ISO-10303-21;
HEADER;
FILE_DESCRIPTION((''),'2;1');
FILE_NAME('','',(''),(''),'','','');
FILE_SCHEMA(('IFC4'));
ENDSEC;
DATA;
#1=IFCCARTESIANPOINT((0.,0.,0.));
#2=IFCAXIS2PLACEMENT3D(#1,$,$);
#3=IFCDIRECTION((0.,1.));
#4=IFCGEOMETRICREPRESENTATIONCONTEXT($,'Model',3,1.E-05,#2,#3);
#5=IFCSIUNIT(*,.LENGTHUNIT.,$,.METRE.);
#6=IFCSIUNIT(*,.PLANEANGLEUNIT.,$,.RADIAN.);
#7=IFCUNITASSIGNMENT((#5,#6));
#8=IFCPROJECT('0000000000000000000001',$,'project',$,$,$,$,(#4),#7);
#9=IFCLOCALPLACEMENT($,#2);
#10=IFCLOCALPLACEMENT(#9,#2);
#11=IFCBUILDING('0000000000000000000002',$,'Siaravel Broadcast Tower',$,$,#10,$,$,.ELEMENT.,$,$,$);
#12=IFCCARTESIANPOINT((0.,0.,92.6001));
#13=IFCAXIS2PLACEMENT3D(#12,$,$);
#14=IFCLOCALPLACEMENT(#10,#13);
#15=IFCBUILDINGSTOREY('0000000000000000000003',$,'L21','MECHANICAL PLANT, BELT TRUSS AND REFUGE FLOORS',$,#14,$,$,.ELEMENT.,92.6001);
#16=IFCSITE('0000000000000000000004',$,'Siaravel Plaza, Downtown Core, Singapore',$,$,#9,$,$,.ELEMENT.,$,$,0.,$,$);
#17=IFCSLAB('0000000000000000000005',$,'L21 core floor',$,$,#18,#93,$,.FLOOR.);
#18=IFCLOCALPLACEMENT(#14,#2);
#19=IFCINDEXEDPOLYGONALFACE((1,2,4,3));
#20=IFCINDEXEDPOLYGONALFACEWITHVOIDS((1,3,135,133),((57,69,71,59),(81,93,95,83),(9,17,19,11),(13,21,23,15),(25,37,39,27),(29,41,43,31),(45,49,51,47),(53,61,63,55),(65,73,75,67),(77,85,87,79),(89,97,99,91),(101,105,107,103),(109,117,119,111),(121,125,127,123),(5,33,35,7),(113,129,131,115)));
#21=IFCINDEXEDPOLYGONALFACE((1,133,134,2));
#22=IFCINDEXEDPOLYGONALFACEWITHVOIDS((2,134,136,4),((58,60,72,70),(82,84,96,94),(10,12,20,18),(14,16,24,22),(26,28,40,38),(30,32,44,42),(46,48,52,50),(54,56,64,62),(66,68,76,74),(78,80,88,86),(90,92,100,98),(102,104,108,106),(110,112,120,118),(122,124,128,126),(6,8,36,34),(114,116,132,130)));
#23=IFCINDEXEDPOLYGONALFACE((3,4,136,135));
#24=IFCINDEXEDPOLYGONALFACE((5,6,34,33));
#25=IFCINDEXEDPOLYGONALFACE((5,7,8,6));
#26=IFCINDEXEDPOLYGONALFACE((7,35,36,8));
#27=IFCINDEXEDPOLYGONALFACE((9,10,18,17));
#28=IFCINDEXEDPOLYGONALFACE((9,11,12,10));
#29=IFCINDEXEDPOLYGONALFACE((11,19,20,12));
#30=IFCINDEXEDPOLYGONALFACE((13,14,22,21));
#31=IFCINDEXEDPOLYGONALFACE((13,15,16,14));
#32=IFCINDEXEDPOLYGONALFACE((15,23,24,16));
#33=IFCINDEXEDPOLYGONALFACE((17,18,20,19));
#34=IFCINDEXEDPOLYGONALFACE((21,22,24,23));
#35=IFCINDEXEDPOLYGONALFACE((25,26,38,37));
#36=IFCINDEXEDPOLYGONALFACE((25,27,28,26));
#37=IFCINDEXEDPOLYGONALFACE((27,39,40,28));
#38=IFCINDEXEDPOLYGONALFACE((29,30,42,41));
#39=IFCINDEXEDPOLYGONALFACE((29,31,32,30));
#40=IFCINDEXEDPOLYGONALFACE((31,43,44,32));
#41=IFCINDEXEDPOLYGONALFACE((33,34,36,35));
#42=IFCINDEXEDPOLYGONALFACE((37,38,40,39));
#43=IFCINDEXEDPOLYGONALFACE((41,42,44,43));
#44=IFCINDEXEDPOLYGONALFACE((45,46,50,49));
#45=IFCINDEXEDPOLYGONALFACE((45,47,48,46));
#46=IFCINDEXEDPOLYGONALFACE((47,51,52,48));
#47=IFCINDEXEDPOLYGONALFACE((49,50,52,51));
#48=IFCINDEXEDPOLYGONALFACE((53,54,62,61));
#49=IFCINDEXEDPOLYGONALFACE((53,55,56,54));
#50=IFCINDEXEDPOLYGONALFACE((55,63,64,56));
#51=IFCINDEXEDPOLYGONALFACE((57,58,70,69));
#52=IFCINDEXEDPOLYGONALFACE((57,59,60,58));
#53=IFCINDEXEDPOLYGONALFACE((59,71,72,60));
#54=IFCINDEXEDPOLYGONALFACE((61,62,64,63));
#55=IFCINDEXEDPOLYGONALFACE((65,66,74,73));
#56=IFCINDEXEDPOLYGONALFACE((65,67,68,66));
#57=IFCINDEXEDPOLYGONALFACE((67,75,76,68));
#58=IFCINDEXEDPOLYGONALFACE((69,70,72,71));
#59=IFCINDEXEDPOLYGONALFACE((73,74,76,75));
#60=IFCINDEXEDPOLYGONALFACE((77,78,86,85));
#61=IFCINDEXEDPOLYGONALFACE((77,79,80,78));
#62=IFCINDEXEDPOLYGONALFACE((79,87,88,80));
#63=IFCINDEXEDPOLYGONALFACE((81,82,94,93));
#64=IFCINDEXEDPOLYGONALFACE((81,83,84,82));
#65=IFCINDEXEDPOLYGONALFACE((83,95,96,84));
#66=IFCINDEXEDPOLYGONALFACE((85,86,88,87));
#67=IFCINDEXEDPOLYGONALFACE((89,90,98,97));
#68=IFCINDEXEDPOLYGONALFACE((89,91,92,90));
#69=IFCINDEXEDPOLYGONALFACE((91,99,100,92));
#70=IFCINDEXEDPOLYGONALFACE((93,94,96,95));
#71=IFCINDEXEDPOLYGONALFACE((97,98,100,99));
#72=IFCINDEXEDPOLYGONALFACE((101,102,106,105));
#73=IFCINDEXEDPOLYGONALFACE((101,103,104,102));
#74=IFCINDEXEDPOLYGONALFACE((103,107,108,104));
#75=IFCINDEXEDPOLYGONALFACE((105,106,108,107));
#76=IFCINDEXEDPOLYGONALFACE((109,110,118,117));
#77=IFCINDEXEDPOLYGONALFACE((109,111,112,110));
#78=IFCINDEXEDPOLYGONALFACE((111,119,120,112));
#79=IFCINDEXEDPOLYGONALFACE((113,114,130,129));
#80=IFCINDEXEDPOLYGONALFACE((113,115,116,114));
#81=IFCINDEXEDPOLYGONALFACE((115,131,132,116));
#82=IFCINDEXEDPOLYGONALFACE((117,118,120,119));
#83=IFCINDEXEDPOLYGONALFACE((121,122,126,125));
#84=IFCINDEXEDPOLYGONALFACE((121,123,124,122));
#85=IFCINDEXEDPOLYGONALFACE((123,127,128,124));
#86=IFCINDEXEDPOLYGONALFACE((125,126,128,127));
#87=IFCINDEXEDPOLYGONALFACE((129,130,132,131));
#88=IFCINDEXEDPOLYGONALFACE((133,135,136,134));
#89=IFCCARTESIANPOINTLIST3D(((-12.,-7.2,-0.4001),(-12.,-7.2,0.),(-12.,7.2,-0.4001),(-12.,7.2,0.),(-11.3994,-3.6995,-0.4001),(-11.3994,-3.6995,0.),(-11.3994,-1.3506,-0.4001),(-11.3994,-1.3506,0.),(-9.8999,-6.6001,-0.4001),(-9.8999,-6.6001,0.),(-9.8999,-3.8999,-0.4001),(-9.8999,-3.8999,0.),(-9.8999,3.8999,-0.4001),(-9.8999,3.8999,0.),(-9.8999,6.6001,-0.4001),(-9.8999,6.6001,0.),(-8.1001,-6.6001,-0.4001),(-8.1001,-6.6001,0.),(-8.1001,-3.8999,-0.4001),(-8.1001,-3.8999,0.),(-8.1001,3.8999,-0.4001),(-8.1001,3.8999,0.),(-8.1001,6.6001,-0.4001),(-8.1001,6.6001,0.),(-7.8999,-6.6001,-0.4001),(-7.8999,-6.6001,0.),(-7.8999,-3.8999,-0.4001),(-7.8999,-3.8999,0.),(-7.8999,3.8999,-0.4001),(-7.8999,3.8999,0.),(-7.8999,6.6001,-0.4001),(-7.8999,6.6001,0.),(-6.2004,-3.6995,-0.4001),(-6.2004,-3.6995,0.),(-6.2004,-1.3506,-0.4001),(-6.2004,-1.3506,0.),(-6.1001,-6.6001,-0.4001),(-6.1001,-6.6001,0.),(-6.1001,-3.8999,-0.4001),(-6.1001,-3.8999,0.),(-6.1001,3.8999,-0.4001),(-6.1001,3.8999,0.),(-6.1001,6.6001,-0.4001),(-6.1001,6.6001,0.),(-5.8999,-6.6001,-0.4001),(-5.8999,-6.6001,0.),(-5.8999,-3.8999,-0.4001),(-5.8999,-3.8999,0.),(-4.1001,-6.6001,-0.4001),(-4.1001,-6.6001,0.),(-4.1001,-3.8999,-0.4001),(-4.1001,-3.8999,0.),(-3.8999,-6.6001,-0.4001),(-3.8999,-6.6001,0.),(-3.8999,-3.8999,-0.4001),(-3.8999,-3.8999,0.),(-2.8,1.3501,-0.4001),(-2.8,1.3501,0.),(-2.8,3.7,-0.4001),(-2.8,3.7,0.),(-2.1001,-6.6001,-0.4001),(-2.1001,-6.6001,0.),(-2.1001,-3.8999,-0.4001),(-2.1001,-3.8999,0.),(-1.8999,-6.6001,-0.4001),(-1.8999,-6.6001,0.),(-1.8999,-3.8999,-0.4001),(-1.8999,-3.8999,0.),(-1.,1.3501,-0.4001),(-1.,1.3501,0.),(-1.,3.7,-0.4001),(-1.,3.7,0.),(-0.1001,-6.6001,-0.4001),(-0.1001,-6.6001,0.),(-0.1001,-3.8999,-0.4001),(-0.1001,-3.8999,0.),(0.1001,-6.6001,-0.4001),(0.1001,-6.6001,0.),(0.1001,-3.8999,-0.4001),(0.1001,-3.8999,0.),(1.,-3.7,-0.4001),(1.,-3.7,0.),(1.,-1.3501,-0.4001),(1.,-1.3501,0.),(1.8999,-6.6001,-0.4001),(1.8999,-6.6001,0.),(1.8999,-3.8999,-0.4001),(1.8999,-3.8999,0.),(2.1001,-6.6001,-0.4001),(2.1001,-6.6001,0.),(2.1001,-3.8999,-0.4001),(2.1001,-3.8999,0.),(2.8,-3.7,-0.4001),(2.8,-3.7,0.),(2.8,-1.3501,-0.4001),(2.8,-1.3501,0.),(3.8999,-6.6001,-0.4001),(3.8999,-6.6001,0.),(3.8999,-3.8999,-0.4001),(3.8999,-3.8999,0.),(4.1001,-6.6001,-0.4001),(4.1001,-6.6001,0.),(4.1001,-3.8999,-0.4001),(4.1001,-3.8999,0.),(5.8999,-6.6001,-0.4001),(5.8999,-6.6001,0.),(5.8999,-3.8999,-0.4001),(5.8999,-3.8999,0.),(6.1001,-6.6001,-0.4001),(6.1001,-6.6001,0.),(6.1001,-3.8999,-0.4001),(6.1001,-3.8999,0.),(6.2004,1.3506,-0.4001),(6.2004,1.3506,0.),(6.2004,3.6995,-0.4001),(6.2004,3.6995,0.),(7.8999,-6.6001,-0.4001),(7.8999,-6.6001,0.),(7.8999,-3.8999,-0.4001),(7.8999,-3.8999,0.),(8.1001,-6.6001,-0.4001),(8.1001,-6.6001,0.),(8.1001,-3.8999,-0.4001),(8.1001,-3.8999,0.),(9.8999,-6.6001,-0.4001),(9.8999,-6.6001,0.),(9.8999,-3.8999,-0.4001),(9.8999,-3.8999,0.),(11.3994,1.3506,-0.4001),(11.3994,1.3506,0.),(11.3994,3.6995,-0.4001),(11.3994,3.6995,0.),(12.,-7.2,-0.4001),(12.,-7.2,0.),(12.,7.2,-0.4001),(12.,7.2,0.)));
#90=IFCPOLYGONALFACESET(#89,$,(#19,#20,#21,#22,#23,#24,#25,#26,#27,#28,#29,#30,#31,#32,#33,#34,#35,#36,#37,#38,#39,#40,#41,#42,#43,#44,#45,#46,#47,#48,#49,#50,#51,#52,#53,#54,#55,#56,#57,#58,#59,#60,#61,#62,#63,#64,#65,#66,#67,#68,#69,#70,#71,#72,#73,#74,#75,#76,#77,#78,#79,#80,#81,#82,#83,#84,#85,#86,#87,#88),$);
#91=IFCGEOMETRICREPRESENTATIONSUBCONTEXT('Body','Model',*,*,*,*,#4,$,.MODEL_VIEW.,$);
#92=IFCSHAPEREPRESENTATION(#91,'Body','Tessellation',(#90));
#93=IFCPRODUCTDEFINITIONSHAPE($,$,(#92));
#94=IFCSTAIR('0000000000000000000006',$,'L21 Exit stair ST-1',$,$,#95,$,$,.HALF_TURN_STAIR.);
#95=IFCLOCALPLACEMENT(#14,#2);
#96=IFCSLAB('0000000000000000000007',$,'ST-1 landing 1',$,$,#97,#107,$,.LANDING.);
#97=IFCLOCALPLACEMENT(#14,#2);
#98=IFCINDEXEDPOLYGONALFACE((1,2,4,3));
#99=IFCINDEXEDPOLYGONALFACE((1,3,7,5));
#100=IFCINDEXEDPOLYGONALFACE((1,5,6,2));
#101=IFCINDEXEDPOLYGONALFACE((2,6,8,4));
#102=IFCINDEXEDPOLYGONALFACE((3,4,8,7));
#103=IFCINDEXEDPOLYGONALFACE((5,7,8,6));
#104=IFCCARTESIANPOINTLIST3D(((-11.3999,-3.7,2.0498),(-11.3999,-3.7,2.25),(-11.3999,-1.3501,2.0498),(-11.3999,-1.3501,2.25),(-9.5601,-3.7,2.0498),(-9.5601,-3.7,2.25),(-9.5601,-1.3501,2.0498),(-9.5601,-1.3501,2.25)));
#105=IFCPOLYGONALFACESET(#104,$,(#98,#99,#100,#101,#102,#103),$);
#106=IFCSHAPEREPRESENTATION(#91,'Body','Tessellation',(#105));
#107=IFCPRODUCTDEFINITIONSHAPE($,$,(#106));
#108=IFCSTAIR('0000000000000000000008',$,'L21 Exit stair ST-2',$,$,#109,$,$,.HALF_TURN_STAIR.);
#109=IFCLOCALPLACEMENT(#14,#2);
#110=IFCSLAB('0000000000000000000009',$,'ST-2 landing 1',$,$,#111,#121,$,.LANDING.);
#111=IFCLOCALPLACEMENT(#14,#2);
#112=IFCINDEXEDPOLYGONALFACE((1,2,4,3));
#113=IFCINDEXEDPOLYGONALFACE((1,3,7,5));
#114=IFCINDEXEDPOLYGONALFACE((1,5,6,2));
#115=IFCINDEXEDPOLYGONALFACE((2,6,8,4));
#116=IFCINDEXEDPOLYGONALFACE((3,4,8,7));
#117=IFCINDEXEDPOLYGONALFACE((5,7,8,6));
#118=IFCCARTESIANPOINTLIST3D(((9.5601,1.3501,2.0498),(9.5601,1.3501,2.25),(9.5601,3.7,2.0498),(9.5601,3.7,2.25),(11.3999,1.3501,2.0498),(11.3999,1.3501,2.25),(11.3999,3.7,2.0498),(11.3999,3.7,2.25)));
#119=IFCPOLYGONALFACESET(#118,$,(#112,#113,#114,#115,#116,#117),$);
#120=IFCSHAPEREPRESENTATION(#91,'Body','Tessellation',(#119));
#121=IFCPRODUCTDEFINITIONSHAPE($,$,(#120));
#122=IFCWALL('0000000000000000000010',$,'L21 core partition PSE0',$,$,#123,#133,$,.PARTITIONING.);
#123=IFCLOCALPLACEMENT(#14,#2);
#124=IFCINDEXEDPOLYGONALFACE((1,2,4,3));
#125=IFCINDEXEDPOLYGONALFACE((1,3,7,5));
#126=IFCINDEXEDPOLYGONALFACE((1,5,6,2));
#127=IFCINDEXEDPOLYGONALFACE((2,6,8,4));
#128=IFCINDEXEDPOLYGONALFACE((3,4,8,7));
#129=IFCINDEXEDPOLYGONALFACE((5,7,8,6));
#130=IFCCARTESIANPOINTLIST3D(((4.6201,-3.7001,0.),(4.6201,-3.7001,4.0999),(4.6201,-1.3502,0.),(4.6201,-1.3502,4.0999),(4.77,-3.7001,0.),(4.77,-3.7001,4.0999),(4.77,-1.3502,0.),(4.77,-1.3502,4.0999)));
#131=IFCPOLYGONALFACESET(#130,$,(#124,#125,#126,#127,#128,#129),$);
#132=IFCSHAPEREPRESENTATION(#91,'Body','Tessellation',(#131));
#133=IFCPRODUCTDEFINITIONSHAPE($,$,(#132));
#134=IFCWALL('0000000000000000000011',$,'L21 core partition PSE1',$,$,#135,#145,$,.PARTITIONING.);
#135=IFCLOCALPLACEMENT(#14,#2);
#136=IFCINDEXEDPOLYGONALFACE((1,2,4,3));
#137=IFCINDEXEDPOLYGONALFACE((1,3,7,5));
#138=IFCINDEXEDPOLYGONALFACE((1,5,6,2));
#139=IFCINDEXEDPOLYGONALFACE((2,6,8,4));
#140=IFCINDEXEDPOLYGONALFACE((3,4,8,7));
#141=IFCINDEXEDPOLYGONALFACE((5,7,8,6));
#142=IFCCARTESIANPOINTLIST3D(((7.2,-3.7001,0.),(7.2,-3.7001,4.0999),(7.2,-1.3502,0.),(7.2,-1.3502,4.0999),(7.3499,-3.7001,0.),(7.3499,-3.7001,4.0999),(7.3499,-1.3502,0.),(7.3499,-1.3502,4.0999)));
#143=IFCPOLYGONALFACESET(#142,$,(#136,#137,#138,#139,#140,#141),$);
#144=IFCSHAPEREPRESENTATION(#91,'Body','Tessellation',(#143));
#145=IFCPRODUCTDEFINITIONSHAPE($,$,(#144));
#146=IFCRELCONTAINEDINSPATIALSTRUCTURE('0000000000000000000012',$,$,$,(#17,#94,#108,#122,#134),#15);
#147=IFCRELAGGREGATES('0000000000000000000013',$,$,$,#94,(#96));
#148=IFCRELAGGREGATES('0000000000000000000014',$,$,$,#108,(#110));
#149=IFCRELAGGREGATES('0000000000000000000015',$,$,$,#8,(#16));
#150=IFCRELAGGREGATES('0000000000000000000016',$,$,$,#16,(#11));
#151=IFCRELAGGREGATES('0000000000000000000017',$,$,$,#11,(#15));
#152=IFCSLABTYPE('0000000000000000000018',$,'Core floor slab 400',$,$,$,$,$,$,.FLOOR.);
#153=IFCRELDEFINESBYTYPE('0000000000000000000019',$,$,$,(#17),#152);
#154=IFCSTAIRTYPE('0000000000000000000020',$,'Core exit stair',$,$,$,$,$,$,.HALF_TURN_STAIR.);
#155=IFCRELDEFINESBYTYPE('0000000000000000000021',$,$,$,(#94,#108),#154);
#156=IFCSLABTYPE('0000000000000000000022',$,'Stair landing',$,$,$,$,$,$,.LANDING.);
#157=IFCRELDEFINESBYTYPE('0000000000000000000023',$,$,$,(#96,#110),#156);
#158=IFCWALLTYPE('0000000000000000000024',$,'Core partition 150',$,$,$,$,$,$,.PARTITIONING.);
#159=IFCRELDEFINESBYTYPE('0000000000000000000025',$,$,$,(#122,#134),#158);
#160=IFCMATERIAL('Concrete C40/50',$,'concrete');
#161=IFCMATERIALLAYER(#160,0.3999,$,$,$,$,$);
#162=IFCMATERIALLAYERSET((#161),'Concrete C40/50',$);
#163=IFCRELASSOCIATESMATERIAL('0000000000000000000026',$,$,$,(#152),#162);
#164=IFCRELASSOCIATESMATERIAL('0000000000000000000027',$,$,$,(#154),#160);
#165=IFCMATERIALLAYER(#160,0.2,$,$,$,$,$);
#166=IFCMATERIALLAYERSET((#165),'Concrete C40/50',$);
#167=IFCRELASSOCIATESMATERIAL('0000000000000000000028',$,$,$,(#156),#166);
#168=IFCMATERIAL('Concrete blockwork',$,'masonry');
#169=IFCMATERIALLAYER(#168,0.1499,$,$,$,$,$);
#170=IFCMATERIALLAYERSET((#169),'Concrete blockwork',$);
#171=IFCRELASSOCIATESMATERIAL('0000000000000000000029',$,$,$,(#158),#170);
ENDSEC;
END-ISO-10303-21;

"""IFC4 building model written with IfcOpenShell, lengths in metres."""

from ifc_helpers import new_model, si_unit, direction, frame, frame_2d, origin, place, context, subcontext, project, spatial, polyline, rectangle, outline, extrude, material, layer, layer_set, type_object, element, aggregate, save


model = new_model("IFC4")

# Units and contexts
model_context = context("Model", 3, precision=1e-05, world=origin(), true_north=direction((0.0, 1.0)))
body_context = subcontext(model_context, "Body", "Model", "MODEL_VIEW")
ifc_project = project(units=[si_unit("LENGTHUNIT", "METRE"), si_unit("PLANEANGLEUNIT", "RADIAN")], contexts=[model_context])

# Site, building, storey
site_placement = place(None, origin())
site = spatial("IfcSite", under=ifc_project, at=site_placement, Name="Siaravel Plaza, Downtown Core, Singapore", CompositionType="ELEMENT", RefElevation=0.0)
building_placement = place(site_placement, origin())
building = spatial("IfcBuilding", under=site, at=building_placement, Name="Siaravel Broadcast Tower", CompositionType="ELEMENT")
storey_placement = place(building_placement, frame((0.0, 0.0, 92.6001)))
storey = spatial("IfcBuildingStorey", under=building, at=storey_placement, Name="L21", Description="MECHANICAL PLANT, BELT TRUSS AND REFUGE FLOORS", CompositionType="ELEMENT", Elevation=92.6001)

# Slab
ifc_material_1 = material(Name="Concrete C40/50", Category="concrete")
ifc_layer_1 = layer(ifc_material_1, 0.3999)
ifc_layer_set_1 = layer_set([ifc_layer_1], Name="Concrete C40/50")
slab_type_1 = type_object("IfcSlabType", Name="Core floor slab 400", PredefinedType="FLOOR", material=ifc_layer_set_1)
slab_1_placement = place(storey_placement, frame((0.0, 0.0, -0.4001)))
element("IfcSlab", 1, at=slab_1_placement, inside=storey, type_object=slab_type_1, Name="L21 core floor", PredefinedType="FLOOR", context=body_context, shape_type="SweptSolid", body=[
    extrude(outline(polyline([(-12.0, -7.2), (-12.0, 7.2), (12.0, 7.2), (12.0, -7.2), (-12.0, -7.2)]), holes=[polyline([(11.3994, 1.3506), (11.3994, 3.6995), (6.2004, 3.6995), (6.2004, 1.3506), (11.3994, 1.3506)]), polyline([(9.8999, -3.8999), (8.1001, -3.8999), (8.1001, -6.6001), (9.8999, -6.6001), (9.8999, -3.8999)]), polyline([(7.8999, -3.8999), (6.1001, -3.8999), (6.1001, -6.6001), (7.8999, -6.6001), (7.8999, -3.8999)]), polyline([(5.8999, -3.8999), (4.1001, -3.8999), (4.1001, -6.6001), (5.8999, -6.6001), (5.8999, -3.8999)]), polyline([(3.8999, -3.8999), (2.1001, -3.8999), (2.1001, -6.6001), (3.8999, -6.6001), (3.8999, -3.8999)]), polyline([(2.8, -1.3501), (1.0, -1.3501), (1.0, -3.7), (2.8, -3.7), (2.8, -1.3501)]), polyline([(1.8999, -3.8999), (0.1001, -3.8999), (0.1001, -6.6001), (1.8999, -6.6001), (1.8999, -3.8999)]), polyline([(-0.1001, -3.8999), (-1.8999, -3.8999), (-1.8999, -6.6001), (-0.1001, -6.6001), (-0.1001, -3.8999)]), polyline([(-1.0, 3.7), (-2.8, 3.7), (-2.8, 1.3501), (-1.0, 1.3501), (-1.0, 3.7)]), polyline([(-2.1001, -3.8999), (-3.8999, -3.8999), (-3.8999, -6.6001), (-2.1001, -6.6001), (-2.1001, -3.8999)]), polyline([(-4.1001, -3.8999), (-5.8999, -3.8999), (-5.8999, -6.6001), (-4.1001, -6.6001), (-4.1001, -3.8999)]), polyline([(-6.1001, -3.8999), (-7.8999, -3.8999), (-7.8999, -6.6001), (-6.1001, -6.6001), (-6.1001, -3.8999)]), polyline([(-6.1001, 6.6001), (-7.8999, 6.6001), (-7.8999, 3.8999), (-6.1001, 3.8999), (-6.1001, 6.6001)]), polyline([(-11.3994, -1.3506), (-11.3994, -3.6995), (-6.2004, -3.6995), (-6.2004, -1.3506), (-11.3994, -1.3506)]), polyline([(-8.1001, -3.8999), (-9.8999, -3.8999), (-9.8999, -6.6001), (-8.1001, -6.6001), (-8.1001, -3.8999)]), polyline([(-8.1001, 6.6001), (-9.8999, 6.6001), (-9.8999, 3.8999), (-8.1001, 3.8999), (-8.1001, 6.6001)])]), origin(), (0.0, 0.0, 1.0), 0.4001),
])

# Stairs, slabs
stair_type = type_object("IfcStairType", Name="Core exit stair", PredefinedType="HALF_TURN_STAIR", material=ifc_material_1)
stair_1_placement = place(storey_placement, origin())
stair_1 = element("IfcStair", 2, at=stair_1_placement, inside=storey, type_object=stair_type, Name="L21 Exit stair ST-1", PredefinedType="HALF_TURN_STAIR")
ifc_layer_2 = layer(ifc_material_1, 0.2)
ifc_layer_set_2 = layer_set([ifc_layer_2], Name="Concrete C40/50")
slab_type_2 = type_object("IfcSlabType", Name="Stair landing", PredefinedType="LANDING", material=ifc_layer_set_2)
slab_2_placement = place(storey_placement, frame((0.0, 0.0, 2.0498)))
slab_2 = element("IfcSlab", 3, at=slab_2_placement, type_object=slab_type_2, Name="ST-1 landing 1", PredefinedType="LANDING", context=body_context, shape_type="SweptSolid", body=[
    extrude(outline(polyline([(-9.5601, -1.3501), (-11.3999, -1.3501), (-11.3999, -3.7), (-9.5601, -3.7), (-9.5601, -1.3501)])), origin(), (0.0, 0.0, 1.0), 0.2002),
])
aggregate(stair_1, [slab_2])
stair_2_placement = place(storey_placement, origin())
stair_2 = element("IfcStair", 4, at=stair_2_placement, inside=storey, type_object=stair_type, Name="L21 Exit stair ST-2", PredefinedType="HALF_TURN_STAIR")
slab_3_placement = place(storey_placement, frame((0.0, 0.0, 2.0498)))
slab_3 = element("IfcSlab", 5, at=slab_3_placement, type_object=slab_type_2, Name="ST-2 landing 1", PredefinedType="LANDING", context=body_context, shape_type="SweptSolid", body=[
    extrude(outline(polyline([(9.5601, 1.3501), (11.3999, 1.3501), (11.3999, 3.7), (9.5601, 3.7), (9.5601, 1.3501)])), origin(), (0.0, 0.0, 1.0), 0.2002),
])
aggregate(stair_2, [slab_3])

# Walls
ifc_material_2 = material(Name="Concrete blockwork", Category="masonry")
ifc_layer_3 = layer(ifc_material_2, 0.1499)
ifc_layer_set_3 = layer_set([ifc_layer_3], Name="Concrete blockwork")
wall_type_1 = type_object("IfcWallType", Name="Core partition 150", PredefinedType="PARTITIONING", material=ifc_layer_set_3)
for number, where, z_axis, x_axis, name in (
    (6, (4.6951, -3.7, 0.0), (0.0, 0.0, 1.0), (0.0, 1.0, 0.0), "L21 core partition PSE0"),
    (7, (7.2749, -3.7, 0.0), (0.0, 0.0, 1.0), (0.0, 1.0, 0.0), "L21 core partition PSE1"),
):
    element("IfcWall", number, at=place(storey_placement, frame(where, z_axis=z_axis, x_axis=x_axis)), inside=storey, type_object=wall_type_1, Name=name, PredefinedType="PARTITIONING", context=body_context, shape_type="SweptSolid", body=[
        extrude(rectangle(XDim=2.3499, YDim=0.1499, at=frame_2d((1.1748, 0.0))), origin(), (0.0, 0.0, 1.0), 4.0999),
    ])

save(model, "model.ifc")
